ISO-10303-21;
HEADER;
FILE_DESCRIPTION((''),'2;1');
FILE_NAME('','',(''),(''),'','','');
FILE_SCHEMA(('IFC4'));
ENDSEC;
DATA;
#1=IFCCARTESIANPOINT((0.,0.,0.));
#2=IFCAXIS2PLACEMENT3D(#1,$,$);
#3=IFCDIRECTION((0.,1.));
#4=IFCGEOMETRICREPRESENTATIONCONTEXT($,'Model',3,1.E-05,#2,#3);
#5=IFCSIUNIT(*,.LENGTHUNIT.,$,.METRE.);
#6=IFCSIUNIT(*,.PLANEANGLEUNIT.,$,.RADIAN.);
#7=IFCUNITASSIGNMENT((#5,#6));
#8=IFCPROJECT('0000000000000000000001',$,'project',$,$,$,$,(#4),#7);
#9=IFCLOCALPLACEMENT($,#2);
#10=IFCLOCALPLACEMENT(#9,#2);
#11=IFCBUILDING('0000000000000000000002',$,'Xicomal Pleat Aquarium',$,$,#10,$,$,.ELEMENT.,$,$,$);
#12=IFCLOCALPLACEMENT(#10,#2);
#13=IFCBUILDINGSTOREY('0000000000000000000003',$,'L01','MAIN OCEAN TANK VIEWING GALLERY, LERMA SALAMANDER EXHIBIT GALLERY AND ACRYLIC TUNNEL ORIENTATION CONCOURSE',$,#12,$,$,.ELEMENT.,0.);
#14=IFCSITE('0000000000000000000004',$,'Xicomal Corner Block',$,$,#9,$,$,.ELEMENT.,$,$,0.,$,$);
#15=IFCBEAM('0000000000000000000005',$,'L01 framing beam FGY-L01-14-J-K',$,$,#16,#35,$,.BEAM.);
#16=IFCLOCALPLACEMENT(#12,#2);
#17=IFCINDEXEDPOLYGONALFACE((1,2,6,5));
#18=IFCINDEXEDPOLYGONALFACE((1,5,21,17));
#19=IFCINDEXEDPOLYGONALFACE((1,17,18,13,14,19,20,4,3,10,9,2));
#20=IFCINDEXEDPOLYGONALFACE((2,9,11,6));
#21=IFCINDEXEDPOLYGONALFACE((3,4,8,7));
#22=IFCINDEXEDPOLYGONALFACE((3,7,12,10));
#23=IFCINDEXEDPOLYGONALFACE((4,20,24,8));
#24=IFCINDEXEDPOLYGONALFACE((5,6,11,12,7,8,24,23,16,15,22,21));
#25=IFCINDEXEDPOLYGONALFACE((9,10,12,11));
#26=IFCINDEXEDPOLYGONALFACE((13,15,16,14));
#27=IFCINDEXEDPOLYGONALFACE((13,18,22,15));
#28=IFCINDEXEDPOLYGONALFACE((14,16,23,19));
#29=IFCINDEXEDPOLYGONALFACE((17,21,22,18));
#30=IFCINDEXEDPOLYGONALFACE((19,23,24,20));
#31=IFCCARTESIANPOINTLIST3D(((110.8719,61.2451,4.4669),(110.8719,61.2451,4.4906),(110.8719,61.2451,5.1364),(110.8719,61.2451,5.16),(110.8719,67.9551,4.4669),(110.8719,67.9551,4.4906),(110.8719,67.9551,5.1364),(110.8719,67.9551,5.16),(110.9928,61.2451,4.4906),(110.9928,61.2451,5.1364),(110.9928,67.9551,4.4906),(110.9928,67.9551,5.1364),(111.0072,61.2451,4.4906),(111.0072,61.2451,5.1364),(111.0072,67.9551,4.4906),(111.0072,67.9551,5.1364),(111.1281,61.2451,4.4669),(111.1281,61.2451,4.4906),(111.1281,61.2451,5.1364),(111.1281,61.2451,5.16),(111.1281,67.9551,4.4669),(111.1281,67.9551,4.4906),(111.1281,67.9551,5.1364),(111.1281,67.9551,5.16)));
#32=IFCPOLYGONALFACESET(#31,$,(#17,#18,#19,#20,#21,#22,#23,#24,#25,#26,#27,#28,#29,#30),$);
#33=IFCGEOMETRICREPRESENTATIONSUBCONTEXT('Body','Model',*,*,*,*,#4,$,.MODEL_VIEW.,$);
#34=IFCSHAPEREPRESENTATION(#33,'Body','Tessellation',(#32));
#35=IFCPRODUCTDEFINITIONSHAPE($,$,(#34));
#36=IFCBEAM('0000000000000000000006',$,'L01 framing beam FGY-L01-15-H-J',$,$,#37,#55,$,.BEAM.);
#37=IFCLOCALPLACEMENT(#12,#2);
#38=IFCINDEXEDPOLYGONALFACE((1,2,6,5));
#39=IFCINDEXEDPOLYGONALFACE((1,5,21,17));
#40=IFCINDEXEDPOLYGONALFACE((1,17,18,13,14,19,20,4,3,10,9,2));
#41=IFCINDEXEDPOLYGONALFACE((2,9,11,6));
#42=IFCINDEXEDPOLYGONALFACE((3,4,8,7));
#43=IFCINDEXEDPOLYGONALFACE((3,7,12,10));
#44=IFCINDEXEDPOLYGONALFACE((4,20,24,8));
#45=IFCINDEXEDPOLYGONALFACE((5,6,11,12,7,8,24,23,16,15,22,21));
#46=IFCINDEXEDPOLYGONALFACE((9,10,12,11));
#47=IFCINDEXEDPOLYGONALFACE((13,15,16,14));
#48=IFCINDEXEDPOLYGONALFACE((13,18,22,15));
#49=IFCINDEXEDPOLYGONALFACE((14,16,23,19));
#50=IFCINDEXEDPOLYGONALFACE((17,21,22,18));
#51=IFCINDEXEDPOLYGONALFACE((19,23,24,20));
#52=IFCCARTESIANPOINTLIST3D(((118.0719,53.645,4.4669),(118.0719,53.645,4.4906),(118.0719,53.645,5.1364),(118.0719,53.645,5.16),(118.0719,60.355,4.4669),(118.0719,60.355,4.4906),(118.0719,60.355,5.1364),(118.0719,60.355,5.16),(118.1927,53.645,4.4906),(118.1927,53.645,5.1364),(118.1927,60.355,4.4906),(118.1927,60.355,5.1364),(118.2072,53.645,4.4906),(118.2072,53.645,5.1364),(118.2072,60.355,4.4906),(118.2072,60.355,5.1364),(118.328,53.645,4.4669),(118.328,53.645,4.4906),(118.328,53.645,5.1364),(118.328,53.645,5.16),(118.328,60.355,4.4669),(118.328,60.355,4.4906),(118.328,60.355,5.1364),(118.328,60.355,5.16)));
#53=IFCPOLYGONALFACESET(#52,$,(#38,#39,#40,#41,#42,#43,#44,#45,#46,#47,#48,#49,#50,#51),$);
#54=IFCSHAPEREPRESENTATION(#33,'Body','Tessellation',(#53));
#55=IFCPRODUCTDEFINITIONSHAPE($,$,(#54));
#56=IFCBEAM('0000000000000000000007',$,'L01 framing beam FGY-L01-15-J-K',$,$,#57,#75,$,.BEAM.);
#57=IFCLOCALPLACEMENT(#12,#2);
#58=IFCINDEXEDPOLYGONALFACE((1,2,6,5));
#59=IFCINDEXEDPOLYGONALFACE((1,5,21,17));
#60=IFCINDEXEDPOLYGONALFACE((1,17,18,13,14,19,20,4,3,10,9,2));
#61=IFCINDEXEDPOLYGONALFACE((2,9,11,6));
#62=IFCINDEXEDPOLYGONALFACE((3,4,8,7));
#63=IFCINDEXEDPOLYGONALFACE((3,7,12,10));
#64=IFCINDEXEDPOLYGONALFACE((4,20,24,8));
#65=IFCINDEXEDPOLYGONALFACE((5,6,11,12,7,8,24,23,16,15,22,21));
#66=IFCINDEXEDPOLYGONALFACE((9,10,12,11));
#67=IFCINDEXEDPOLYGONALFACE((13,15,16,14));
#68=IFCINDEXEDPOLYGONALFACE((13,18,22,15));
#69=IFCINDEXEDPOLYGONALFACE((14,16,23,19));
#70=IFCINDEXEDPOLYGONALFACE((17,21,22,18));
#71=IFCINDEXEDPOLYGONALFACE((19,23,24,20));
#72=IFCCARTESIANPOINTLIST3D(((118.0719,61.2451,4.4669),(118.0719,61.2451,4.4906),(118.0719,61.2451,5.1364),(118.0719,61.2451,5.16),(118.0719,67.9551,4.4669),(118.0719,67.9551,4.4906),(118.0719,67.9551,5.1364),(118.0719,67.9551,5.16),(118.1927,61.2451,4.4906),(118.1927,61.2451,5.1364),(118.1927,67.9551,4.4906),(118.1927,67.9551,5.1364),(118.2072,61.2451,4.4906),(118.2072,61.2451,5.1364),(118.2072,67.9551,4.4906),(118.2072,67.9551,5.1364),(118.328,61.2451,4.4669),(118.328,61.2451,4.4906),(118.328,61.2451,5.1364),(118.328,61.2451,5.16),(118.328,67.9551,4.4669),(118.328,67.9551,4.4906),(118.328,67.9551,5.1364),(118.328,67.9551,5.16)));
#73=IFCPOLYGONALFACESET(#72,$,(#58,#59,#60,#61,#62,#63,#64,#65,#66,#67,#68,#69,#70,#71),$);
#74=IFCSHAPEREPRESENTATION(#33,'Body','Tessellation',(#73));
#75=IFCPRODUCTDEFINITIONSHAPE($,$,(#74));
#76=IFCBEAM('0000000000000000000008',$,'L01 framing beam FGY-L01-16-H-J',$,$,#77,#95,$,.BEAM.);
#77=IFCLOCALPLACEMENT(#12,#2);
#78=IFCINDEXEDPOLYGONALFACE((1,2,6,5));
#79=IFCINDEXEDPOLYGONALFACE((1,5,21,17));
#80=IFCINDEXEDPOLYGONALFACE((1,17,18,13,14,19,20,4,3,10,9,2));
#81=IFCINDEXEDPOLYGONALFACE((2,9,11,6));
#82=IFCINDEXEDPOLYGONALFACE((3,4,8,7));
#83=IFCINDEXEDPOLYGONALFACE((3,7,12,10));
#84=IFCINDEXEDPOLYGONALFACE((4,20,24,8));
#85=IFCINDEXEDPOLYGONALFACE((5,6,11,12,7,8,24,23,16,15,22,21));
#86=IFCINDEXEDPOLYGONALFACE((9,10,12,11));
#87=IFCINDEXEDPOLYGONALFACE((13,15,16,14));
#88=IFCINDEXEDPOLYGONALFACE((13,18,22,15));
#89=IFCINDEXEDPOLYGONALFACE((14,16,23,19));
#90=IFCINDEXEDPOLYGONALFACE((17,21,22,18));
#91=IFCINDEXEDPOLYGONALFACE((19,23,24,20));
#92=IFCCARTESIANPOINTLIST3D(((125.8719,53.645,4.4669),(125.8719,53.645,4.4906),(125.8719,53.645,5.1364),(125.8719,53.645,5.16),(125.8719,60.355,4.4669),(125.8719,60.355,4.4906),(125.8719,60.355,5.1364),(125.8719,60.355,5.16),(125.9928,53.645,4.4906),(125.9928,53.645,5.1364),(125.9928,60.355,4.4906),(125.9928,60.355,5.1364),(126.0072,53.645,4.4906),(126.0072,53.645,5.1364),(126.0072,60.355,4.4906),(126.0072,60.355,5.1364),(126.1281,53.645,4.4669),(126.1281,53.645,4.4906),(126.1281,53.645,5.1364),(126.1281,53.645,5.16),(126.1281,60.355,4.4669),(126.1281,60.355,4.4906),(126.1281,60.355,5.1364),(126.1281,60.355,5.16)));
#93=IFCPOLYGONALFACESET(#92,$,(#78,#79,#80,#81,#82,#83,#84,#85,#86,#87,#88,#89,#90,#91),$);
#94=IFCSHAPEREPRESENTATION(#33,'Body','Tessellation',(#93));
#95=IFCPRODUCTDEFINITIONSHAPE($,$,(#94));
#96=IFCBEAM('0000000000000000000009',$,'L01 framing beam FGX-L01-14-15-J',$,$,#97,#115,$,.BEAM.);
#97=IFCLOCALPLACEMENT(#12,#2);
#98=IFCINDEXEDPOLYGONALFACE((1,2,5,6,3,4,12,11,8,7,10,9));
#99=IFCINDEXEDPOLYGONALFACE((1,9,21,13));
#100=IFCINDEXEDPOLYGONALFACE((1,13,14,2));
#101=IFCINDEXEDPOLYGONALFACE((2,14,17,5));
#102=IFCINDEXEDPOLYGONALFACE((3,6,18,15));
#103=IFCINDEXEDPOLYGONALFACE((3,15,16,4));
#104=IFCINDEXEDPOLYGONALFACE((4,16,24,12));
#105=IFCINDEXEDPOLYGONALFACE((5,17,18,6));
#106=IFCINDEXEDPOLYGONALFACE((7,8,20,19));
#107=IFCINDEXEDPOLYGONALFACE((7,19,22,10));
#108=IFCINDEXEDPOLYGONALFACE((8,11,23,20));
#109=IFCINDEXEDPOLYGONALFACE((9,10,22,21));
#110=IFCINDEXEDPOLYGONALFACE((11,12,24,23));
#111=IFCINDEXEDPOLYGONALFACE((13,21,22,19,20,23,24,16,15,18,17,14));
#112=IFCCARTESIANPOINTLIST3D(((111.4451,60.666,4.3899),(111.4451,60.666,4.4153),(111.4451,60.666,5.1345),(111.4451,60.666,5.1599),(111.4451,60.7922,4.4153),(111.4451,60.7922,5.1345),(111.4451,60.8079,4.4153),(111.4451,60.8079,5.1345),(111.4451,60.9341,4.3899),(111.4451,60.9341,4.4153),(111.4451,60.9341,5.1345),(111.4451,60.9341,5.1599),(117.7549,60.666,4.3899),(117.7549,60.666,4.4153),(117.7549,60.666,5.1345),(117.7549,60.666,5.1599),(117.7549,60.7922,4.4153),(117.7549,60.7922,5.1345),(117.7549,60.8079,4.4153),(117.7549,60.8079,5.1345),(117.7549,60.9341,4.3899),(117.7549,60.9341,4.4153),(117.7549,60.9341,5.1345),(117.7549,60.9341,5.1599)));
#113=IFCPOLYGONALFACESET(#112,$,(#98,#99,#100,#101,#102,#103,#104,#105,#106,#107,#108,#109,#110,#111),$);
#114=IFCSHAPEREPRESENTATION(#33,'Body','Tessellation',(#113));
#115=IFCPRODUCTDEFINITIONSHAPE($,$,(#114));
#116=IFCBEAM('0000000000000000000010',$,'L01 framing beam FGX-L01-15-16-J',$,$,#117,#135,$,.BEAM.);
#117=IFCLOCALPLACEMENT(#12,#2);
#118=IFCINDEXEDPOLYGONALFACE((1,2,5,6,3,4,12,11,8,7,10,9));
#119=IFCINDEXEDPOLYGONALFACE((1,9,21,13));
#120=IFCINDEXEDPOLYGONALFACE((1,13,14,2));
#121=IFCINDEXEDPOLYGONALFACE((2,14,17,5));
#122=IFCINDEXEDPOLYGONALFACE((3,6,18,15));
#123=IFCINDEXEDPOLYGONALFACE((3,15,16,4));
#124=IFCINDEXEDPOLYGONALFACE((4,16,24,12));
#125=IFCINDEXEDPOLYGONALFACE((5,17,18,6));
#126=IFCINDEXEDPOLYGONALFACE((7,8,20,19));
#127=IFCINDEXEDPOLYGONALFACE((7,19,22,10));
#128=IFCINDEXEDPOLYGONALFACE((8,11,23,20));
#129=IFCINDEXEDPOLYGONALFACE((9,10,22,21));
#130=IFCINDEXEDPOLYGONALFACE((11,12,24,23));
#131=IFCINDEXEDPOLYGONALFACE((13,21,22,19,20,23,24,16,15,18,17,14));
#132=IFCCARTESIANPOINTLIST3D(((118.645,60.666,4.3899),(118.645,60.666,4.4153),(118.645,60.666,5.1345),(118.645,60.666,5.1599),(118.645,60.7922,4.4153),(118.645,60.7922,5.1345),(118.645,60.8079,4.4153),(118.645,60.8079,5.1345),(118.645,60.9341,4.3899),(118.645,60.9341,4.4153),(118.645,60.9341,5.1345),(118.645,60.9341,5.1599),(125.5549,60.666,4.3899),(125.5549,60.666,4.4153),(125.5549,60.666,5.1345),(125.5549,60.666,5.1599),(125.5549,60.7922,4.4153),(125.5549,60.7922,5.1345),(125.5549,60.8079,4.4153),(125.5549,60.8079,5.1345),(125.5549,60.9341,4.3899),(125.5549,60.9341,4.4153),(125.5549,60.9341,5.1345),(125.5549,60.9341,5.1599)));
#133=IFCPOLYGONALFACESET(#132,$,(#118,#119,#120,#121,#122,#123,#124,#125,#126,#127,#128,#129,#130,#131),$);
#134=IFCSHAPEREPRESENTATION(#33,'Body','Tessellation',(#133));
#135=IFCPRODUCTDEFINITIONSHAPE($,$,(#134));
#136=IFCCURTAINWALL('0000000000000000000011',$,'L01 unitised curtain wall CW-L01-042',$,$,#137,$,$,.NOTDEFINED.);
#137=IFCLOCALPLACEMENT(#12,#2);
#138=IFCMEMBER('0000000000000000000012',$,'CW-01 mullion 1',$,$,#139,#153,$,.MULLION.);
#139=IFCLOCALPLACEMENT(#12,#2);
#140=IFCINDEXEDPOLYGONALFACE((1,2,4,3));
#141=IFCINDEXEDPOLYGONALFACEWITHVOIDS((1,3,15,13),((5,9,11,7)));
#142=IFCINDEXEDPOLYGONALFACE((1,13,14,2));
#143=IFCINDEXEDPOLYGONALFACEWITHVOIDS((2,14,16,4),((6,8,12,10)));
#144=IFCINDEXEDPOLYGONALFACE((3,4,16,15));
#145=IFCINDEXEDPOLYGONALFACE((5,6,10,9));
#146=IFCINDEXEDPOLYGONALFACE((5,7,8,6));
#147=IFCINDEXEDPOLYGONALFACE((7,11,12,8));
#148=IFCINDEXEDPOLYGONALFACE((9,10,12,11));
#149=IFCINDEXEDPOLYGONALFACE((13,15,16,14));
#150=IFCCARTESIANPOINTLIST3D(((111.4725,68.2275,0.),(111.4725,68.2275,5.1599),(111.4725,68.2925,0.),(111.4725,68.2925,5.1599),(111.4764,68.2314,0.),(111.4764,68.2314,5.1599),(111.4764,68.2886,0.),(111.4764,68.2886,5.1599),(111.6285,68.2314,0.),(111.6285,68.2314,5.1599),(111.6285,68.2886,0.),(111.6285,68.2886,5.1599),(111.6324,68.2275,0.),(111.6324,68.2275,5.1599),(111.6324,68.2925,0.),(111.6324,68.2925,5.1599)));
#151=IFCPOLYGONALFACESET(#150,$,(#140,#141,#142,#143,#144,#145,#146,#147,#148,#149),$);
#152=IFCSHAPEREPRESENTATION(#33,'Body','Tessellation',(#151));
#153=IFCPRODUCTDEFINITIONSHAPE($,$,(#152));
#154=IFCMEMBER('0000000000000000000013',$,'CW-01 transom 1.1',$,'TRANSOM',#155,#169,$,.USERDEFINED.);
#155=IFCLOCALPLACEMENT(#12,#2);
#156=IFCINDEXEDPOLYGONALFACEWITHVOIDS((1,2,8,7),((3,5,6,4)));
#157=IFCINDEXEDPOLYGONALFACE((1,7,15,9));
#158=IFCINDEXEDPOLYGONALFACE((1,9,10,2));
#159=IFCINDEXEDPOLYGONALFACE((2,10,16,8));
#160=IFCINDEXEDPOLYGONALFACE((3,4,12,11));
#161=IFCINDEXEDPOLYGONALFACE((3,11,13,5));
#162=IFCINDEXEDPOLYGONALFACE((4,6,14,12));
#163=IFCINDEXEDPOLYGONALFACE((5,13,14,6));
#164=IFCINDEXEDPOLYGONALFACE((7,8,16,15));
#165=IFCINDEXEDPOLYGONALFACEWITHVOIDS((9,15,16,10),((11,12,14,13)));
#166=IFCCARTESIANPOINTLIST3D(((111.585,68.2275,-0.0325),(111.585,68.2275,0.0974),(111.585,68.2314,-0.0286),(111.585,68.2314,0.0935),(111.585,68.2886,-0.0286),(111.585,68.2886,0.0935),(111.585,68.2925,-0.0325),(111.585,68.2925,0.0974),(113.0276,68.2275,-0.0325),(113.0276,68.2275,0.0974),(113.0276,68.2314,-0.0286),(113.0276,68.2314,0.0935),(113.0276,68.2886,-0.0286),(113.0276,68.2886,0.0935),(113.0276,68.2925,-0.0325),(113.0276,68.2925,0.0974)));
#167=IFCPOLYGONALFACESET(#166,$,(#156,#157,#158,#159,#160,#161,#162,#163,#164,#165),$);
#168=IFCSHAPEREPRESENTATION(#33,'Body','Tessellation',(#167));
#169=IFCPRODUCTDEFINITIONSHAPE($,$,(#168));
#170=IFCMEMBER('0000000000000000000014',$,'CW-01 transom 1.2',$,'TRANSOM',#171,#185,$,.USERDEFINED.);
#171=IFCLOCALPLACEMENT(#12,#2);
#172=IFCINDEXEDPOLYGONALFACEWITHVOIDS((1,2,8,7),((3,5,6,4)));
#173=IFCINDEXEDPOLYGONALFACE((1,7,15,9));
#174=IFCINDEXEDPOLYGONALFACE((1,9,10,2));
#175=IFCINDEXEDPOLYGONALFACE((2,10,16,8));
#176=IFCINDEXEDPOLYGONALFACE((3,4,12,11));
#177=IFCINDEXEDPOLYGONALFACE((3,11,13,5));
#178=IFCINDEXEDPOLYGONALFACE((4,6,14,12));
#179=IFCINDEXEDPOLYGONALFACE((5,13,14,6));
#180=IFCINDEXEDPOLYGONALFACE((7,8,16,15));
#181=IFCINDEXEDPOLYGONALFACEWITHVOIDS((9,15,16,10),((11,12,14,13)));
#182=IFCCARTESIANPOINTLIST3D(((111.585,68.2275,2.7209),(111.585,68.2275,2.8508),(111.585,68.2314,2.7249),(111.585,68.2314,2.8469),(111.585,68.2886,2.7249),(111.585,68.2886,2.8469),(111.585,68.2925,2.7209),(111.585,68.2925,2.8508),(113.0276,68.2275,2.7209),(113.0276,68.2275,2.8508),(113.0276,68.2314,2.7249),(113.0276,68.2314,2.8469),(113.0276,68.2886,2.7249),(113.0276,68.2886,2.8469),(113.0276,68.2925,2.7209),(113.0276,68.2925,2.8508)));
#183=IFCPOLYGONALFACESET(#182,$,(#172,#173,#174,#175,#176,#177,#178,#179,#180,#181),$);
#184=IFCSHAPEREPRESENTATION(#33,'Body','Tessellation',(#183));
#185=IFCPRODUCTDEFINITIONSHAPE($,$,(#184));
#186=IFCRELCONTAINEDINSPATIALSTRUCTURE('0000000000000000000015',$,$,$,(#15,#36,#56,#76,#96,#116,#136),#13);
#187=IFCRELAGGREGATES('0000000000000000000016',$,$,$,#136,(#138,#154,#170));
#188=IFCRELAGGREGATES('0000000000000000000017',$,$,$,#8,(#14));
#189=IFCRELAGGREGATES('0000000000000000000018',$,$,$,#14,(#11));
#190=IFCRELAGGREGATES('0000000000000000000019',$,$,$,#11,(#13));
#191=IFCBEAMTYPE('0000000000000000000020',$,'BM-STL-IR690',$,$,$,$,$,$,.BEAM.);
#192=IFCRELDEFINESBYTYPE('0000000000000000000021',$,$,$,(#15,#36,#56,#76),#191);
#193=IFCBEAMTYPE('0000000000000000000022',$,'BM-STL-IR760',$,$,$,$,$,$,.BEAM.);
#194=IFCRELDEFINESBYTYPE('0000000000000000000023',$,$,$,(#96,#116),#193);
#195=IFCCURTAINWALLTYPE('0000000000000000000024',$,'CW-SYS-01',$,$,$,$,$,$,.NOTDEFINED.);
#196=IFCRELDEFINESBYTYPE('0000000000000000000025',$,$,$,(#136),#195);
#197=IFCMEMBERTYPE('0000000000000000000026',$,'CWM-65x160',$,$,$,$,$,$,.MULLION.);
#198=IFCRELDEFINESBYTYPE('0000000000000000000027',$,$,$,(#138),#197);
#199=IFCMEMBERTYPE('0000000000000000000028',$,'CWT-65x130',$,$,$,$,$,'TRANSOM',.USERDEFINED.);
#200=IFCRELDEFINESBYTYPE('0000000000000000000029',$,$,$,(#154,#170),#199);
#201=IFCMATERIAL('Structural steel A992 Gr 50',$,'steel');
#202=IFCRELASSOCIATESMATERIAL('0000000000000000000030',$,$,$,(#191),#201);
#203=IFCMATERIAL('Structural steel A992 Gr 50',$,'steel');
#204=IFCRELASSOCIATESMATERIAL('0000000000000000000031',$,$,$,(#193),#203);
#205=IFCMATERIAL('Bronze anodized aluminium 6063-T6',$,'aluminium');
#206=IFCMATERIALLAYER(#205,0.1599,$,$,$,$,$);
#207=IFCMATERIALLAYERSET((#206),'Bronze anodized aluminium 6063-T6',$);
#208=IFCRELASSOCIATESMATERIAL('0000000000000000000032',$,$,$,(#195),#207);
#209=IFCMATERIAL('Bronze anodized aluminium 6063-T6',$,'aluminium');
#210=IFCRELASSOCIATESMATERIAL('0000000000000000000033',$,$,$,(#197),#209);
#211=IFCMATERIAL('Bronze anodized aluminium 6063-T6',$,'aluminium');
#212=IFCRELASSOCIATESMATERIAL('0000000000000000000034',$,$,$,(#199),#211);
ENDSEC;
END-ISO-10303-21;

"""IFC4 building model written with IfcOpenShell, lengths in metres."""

from ifc_helpers import new_model, si_unit, direction, frame, origin, origin_2d, place, context, subcontext, project, spatial, hollow_rectangle, i_section, extrude, material, layer, layer_set, material_profile, profile_set, type_object, element, aggregate, save


model = new_model("IFC4")

# Units and contexts
model_context = context("Model", 3, precision=1e-05, world=origin(), true_north=direction((0.0, 1.0)))
body_context = subcontext(model_context, "Body", "Model", "MODEL_VIEW")
ifc_project = project(units=[si_unit("LENGTHUNIT", "METRE"), si_unit("PLANEANGLEUNIT", "RADIAN")], contexts=[model_context])

# Site, building, storey
site_placement = place(None, origin())
site = spatial("IfcSite", under=ifc_project, at=site_placement, Name="Xicomal Corner Block", CompositionType="ELEMENT", RefElevation=0.0)
building_placement = place(site_placement, origin())
building = spatial("IfcBuilding", under=site, at=building_placement, Name="Xicomal Pleat Aquarium", CompositionType="ELEMENT")
storey_placement = place(building_placement, origin())
storey = spatial("IfcBuildingStorey", under=building, at=storey_placement, Name="L01", Description="MAIN OCEAN TANK VIEWING GALLERY, LERMA SALAMANDER EXHIBIT GALLERY AND ACRYLIC TUNNEL ORIENTATION CONCOURSE", CompositionType="ELEMENT", Elevation=0.0)

# Beams
ifc_material_1 = material(Name="Structural steel A992 Gr 50", Category="steel")
ifc_material_profile_1 = material_profile(ifc_material_1, i_section(OverallWidth=0.2561, OverallDepth=0.6931, WebThickness=0.0144, FlangeThickness=0.0237, at=origin_2d()), Name="IR 690x170")
ifc_profile_set_1 = profile_set([ifc_material_profile_1], Name="Structural steel A992 Gr 50")
beam_type_1 = type_object("IfcBeamType", Name="BM-STL-IR690", PredefinedType="BEAM", material=ifc_profile_set_1)
for number, where, z_axis, x_axis, name in (
    (1, (111.0, 61.2451, 4.8135), (0.0, 1.0, 0.0), (-1.0, 0.0, 0.0), "L01 framing beam FGY-L01-14-J-K"),
    (2, (118.2, 53.645, 4.8135), (0.0, 1.0, 0.0), (-1.0, 0.0, 0.0), "L01 framing beam FGY-L01-15-H-J"),
    (3, (118.2, 61.2451, 4.8135), (0.0, 1.0, 0.0), (-1.0, 0.0, 0.0), "L01 framing beam FGY-L01-15-J-K"),
    (4, (126.0, 53.645, 4.8135), (0.0, 1.0, 0.0), (-1.0, 0.0, 0.0), "L01 framing beam FGY-L01-16-H-J"),
):
    element("IfcBeam", number, at=place(storey_placement, frame(where, z_axis=z_axis, x_axis=x_axis)), inside=storey, type_object=beam_type_1, Name=name, PredefinedType="BEAM", context=body_context, shape_type="SweptSolid", body=[
        extrude(i_section(OverallWidth=0.2561, OverallDepth=0.6931, WebThickness=0.0144, FlangeThickness=0.0237, at=origin_2d()), origin(), (0.0, 0.0, 1.0), 6.71),
    ])
ifc_material_2 = material(Name="Structural steel A992 Gr 50", Category="steel")
ifc_material_profile_2 = material_profile(ifc_material_2, i_section(OverallWidth=0.2681, OverallDepth=0.77, WebThickness=0.0156, FlangeThickness=0.0254, at=origin_2d()), Name="IR 760x196")
ifc_profile_set_2 = profile_set([ifc_material_profile_2], Name="Structural steel A992 Gr 50")
beam_type_2 = type_object("IfcBeamType", Name="BM-STL-IR760", PredefinedType="BEAM", material=ifc_profile_set_2)
beam_1_placement = place(storey_placement, frame((111.4451, 60.8, 4.7749), z_axis=(1.0, 0.0, 0.0), x_axis=(0.0, 1.0, 0.0)))
element("IfcBeam", 5, at=beam_1_placement, inside=storey, type_object=beam_type_2, Name="L01 framing beam FGX-L01-14-15-J", PredefinedType="BEAM", context=body_context, shape_type="SweptSolid", body=[
    extrude(i_section(OverallWidth=0.2681, OverallDepth=0.77, WebThickness=0.0156, FlangeThickness=0.0254, at=origin_2d()), origin(), (0.0, 0.0, 1.0), 6.3098),
])
beam_2_placement = place(storey_placement, frame((118.645, 60.8, 4.7749), z_axis=(1.0, 0.0, 0.0), x_axis=(0.0, 1.0, 0.0)))
element("IfcBeam", 6, at=beam_2_placement, inside=storey, type_object=beam_type_2, Name="L01 framing beam FGX-L01-15-16-J", PredefinedType="BEAM", context=body_context, shape_type="SweptSolid", body=[
    extrude(i_section(OverallWidth=0.2681, OverallDepth=0.77, WebThickness=0.0156, FlangeThickness=0.0254, at=origin_2d()), origin(), (0.0, 0.0, 1.0), 6.9099),
])

# Curtain wall, members
ifc_material_3 = material(Name="Bronze anodized aluminium 6063-T6", Category="aluminium")
ifc_layer_1 = layer(ifc_material_3, 0.1599)
ifc_layer_set_1 = layer_set([ifc_layer_1], Name="Bronze anodized aluminium 6063-T6")
curtain_wall_type = type_object("IfcCurtainWallType", Name="CW-SYS-01", PredefinedType="NOTDEFINED", material=ifc_layer_set_1)
curtain_wall_placement = place(storey_placement, origin())
curtain_wall = element("IfcCurtainWall", 7, at=curtain_wall_placement, inside=storey, type_object=curtain_wall_type, Name="L01 unitised curtain wall CW-L01-042", PredefinedType="NOTDEFINED")
ifc_material_4 = material(Name="Bronze anodized aluminium 6063-T6", Category="aluminium")
ifc_material_profile_3 = material_profile(ifc_material_4, hollow_rectangle(XDim=0.0649, YDim=0.1599, WallThickness=0.0039, at=origin_2d()), Name="ALU MULL 65x160")
ifc_profile_set_3 = profile_set([ifc_material_profile_3], Name="Bronze anodized aluminium 6063-T6")
member_type_1 = type_object("IfcMemberType", Name="CWM-65x160", PredefinedType="MULLION", material=ifc_profile_set_3)
member_1_placement = place(storey_placement, frame((111.5525, 68.26, 0.0), z_axis=(0.0, 0.0, 1.0), x_axis=(0.0, 1.0, 0.0)))
member_1 = element("IfcMember", 8, at=member_1_placement, type_object=member_type_1, Name="CW-01 mullion 1", PredefinedType="MULLION", context=body_context, shape_type="SweptSolid", body=[
    extrude(hollow_rectangle(XDim=0.0649, YDim=0.1599, WallThickness=0.0039, at=origin_2d()), origin(), (0.0, 0.0, 1.0), 5.1599),
])
ifc_material_5 = material(Name="Bronze anodized aluminium 6063-T6", Category="aluminium")
ifc_material_profile_4 = material_profile(ifc_material_5, hollow_rectangle(XDim=0.0649, YDim=0.1299, WallThickness=0.0039, at=origin_2d()), Name="ALU TRAN 65x130")
ifc_profile_set_4 = profile_set([ifc_material_profile_4], Name="Bronze anodized aluminium 6063-T6")
member_type_2 = type_object("IfcMemberType", Name="CWT-65x130", ElementType="TRANSOM", PredefinedType="USERDEFINED", material=ifc_profile_set_4)
member_2_placement = place(storey_placement, frame((111.585, 68.26, 0.0325), z_axis=(1.0, 0.0, 0.0), x_axis=(0.0, 1.0, 0.0)))
member_2 = element("IfcMember", 9, at=member_2_placement, type_object=member_type_2, Name="CW-01 transom 1.1", ObjectType="TRANSOM", PredefinedType="USERDEFINED", context=body_context, shape_type="SweptSolid", body=[
    extrude(hollow_rectangle(XDim=0.0649, YDim=0.1299, WallThickness=0.0039, at=origin_2d()), origin(), (0.0, 0.0, 1.0), 1.4426),
])
member_3_placement = place(storey_placement, frame((111.585, 68.26, 2.7859), z_axis=(1.0, 0.0, 0.0), x_axis=(0.0, 1.0, 0.0)))
member_3 = element("IfcMember", 10, at=member_3_placement, type_object=member_type_2, Name="CW-01 transom 1.2", ObjectType="TRANSOM", PredefinedType="USERDEFINED", context=body_context, shape_type="SweptSolid", body=[
    extrude(hollow_rectangle(XDim=0.0649, YDim=0.1299, WallThickness=0.0039, at=origin_2d()), origin(), (0.0, 0.0, 1.0), 1.4426),
])
aggregate(curtain_wall, [member_1, member_2, member_3])

save(model, "model.ifc")
